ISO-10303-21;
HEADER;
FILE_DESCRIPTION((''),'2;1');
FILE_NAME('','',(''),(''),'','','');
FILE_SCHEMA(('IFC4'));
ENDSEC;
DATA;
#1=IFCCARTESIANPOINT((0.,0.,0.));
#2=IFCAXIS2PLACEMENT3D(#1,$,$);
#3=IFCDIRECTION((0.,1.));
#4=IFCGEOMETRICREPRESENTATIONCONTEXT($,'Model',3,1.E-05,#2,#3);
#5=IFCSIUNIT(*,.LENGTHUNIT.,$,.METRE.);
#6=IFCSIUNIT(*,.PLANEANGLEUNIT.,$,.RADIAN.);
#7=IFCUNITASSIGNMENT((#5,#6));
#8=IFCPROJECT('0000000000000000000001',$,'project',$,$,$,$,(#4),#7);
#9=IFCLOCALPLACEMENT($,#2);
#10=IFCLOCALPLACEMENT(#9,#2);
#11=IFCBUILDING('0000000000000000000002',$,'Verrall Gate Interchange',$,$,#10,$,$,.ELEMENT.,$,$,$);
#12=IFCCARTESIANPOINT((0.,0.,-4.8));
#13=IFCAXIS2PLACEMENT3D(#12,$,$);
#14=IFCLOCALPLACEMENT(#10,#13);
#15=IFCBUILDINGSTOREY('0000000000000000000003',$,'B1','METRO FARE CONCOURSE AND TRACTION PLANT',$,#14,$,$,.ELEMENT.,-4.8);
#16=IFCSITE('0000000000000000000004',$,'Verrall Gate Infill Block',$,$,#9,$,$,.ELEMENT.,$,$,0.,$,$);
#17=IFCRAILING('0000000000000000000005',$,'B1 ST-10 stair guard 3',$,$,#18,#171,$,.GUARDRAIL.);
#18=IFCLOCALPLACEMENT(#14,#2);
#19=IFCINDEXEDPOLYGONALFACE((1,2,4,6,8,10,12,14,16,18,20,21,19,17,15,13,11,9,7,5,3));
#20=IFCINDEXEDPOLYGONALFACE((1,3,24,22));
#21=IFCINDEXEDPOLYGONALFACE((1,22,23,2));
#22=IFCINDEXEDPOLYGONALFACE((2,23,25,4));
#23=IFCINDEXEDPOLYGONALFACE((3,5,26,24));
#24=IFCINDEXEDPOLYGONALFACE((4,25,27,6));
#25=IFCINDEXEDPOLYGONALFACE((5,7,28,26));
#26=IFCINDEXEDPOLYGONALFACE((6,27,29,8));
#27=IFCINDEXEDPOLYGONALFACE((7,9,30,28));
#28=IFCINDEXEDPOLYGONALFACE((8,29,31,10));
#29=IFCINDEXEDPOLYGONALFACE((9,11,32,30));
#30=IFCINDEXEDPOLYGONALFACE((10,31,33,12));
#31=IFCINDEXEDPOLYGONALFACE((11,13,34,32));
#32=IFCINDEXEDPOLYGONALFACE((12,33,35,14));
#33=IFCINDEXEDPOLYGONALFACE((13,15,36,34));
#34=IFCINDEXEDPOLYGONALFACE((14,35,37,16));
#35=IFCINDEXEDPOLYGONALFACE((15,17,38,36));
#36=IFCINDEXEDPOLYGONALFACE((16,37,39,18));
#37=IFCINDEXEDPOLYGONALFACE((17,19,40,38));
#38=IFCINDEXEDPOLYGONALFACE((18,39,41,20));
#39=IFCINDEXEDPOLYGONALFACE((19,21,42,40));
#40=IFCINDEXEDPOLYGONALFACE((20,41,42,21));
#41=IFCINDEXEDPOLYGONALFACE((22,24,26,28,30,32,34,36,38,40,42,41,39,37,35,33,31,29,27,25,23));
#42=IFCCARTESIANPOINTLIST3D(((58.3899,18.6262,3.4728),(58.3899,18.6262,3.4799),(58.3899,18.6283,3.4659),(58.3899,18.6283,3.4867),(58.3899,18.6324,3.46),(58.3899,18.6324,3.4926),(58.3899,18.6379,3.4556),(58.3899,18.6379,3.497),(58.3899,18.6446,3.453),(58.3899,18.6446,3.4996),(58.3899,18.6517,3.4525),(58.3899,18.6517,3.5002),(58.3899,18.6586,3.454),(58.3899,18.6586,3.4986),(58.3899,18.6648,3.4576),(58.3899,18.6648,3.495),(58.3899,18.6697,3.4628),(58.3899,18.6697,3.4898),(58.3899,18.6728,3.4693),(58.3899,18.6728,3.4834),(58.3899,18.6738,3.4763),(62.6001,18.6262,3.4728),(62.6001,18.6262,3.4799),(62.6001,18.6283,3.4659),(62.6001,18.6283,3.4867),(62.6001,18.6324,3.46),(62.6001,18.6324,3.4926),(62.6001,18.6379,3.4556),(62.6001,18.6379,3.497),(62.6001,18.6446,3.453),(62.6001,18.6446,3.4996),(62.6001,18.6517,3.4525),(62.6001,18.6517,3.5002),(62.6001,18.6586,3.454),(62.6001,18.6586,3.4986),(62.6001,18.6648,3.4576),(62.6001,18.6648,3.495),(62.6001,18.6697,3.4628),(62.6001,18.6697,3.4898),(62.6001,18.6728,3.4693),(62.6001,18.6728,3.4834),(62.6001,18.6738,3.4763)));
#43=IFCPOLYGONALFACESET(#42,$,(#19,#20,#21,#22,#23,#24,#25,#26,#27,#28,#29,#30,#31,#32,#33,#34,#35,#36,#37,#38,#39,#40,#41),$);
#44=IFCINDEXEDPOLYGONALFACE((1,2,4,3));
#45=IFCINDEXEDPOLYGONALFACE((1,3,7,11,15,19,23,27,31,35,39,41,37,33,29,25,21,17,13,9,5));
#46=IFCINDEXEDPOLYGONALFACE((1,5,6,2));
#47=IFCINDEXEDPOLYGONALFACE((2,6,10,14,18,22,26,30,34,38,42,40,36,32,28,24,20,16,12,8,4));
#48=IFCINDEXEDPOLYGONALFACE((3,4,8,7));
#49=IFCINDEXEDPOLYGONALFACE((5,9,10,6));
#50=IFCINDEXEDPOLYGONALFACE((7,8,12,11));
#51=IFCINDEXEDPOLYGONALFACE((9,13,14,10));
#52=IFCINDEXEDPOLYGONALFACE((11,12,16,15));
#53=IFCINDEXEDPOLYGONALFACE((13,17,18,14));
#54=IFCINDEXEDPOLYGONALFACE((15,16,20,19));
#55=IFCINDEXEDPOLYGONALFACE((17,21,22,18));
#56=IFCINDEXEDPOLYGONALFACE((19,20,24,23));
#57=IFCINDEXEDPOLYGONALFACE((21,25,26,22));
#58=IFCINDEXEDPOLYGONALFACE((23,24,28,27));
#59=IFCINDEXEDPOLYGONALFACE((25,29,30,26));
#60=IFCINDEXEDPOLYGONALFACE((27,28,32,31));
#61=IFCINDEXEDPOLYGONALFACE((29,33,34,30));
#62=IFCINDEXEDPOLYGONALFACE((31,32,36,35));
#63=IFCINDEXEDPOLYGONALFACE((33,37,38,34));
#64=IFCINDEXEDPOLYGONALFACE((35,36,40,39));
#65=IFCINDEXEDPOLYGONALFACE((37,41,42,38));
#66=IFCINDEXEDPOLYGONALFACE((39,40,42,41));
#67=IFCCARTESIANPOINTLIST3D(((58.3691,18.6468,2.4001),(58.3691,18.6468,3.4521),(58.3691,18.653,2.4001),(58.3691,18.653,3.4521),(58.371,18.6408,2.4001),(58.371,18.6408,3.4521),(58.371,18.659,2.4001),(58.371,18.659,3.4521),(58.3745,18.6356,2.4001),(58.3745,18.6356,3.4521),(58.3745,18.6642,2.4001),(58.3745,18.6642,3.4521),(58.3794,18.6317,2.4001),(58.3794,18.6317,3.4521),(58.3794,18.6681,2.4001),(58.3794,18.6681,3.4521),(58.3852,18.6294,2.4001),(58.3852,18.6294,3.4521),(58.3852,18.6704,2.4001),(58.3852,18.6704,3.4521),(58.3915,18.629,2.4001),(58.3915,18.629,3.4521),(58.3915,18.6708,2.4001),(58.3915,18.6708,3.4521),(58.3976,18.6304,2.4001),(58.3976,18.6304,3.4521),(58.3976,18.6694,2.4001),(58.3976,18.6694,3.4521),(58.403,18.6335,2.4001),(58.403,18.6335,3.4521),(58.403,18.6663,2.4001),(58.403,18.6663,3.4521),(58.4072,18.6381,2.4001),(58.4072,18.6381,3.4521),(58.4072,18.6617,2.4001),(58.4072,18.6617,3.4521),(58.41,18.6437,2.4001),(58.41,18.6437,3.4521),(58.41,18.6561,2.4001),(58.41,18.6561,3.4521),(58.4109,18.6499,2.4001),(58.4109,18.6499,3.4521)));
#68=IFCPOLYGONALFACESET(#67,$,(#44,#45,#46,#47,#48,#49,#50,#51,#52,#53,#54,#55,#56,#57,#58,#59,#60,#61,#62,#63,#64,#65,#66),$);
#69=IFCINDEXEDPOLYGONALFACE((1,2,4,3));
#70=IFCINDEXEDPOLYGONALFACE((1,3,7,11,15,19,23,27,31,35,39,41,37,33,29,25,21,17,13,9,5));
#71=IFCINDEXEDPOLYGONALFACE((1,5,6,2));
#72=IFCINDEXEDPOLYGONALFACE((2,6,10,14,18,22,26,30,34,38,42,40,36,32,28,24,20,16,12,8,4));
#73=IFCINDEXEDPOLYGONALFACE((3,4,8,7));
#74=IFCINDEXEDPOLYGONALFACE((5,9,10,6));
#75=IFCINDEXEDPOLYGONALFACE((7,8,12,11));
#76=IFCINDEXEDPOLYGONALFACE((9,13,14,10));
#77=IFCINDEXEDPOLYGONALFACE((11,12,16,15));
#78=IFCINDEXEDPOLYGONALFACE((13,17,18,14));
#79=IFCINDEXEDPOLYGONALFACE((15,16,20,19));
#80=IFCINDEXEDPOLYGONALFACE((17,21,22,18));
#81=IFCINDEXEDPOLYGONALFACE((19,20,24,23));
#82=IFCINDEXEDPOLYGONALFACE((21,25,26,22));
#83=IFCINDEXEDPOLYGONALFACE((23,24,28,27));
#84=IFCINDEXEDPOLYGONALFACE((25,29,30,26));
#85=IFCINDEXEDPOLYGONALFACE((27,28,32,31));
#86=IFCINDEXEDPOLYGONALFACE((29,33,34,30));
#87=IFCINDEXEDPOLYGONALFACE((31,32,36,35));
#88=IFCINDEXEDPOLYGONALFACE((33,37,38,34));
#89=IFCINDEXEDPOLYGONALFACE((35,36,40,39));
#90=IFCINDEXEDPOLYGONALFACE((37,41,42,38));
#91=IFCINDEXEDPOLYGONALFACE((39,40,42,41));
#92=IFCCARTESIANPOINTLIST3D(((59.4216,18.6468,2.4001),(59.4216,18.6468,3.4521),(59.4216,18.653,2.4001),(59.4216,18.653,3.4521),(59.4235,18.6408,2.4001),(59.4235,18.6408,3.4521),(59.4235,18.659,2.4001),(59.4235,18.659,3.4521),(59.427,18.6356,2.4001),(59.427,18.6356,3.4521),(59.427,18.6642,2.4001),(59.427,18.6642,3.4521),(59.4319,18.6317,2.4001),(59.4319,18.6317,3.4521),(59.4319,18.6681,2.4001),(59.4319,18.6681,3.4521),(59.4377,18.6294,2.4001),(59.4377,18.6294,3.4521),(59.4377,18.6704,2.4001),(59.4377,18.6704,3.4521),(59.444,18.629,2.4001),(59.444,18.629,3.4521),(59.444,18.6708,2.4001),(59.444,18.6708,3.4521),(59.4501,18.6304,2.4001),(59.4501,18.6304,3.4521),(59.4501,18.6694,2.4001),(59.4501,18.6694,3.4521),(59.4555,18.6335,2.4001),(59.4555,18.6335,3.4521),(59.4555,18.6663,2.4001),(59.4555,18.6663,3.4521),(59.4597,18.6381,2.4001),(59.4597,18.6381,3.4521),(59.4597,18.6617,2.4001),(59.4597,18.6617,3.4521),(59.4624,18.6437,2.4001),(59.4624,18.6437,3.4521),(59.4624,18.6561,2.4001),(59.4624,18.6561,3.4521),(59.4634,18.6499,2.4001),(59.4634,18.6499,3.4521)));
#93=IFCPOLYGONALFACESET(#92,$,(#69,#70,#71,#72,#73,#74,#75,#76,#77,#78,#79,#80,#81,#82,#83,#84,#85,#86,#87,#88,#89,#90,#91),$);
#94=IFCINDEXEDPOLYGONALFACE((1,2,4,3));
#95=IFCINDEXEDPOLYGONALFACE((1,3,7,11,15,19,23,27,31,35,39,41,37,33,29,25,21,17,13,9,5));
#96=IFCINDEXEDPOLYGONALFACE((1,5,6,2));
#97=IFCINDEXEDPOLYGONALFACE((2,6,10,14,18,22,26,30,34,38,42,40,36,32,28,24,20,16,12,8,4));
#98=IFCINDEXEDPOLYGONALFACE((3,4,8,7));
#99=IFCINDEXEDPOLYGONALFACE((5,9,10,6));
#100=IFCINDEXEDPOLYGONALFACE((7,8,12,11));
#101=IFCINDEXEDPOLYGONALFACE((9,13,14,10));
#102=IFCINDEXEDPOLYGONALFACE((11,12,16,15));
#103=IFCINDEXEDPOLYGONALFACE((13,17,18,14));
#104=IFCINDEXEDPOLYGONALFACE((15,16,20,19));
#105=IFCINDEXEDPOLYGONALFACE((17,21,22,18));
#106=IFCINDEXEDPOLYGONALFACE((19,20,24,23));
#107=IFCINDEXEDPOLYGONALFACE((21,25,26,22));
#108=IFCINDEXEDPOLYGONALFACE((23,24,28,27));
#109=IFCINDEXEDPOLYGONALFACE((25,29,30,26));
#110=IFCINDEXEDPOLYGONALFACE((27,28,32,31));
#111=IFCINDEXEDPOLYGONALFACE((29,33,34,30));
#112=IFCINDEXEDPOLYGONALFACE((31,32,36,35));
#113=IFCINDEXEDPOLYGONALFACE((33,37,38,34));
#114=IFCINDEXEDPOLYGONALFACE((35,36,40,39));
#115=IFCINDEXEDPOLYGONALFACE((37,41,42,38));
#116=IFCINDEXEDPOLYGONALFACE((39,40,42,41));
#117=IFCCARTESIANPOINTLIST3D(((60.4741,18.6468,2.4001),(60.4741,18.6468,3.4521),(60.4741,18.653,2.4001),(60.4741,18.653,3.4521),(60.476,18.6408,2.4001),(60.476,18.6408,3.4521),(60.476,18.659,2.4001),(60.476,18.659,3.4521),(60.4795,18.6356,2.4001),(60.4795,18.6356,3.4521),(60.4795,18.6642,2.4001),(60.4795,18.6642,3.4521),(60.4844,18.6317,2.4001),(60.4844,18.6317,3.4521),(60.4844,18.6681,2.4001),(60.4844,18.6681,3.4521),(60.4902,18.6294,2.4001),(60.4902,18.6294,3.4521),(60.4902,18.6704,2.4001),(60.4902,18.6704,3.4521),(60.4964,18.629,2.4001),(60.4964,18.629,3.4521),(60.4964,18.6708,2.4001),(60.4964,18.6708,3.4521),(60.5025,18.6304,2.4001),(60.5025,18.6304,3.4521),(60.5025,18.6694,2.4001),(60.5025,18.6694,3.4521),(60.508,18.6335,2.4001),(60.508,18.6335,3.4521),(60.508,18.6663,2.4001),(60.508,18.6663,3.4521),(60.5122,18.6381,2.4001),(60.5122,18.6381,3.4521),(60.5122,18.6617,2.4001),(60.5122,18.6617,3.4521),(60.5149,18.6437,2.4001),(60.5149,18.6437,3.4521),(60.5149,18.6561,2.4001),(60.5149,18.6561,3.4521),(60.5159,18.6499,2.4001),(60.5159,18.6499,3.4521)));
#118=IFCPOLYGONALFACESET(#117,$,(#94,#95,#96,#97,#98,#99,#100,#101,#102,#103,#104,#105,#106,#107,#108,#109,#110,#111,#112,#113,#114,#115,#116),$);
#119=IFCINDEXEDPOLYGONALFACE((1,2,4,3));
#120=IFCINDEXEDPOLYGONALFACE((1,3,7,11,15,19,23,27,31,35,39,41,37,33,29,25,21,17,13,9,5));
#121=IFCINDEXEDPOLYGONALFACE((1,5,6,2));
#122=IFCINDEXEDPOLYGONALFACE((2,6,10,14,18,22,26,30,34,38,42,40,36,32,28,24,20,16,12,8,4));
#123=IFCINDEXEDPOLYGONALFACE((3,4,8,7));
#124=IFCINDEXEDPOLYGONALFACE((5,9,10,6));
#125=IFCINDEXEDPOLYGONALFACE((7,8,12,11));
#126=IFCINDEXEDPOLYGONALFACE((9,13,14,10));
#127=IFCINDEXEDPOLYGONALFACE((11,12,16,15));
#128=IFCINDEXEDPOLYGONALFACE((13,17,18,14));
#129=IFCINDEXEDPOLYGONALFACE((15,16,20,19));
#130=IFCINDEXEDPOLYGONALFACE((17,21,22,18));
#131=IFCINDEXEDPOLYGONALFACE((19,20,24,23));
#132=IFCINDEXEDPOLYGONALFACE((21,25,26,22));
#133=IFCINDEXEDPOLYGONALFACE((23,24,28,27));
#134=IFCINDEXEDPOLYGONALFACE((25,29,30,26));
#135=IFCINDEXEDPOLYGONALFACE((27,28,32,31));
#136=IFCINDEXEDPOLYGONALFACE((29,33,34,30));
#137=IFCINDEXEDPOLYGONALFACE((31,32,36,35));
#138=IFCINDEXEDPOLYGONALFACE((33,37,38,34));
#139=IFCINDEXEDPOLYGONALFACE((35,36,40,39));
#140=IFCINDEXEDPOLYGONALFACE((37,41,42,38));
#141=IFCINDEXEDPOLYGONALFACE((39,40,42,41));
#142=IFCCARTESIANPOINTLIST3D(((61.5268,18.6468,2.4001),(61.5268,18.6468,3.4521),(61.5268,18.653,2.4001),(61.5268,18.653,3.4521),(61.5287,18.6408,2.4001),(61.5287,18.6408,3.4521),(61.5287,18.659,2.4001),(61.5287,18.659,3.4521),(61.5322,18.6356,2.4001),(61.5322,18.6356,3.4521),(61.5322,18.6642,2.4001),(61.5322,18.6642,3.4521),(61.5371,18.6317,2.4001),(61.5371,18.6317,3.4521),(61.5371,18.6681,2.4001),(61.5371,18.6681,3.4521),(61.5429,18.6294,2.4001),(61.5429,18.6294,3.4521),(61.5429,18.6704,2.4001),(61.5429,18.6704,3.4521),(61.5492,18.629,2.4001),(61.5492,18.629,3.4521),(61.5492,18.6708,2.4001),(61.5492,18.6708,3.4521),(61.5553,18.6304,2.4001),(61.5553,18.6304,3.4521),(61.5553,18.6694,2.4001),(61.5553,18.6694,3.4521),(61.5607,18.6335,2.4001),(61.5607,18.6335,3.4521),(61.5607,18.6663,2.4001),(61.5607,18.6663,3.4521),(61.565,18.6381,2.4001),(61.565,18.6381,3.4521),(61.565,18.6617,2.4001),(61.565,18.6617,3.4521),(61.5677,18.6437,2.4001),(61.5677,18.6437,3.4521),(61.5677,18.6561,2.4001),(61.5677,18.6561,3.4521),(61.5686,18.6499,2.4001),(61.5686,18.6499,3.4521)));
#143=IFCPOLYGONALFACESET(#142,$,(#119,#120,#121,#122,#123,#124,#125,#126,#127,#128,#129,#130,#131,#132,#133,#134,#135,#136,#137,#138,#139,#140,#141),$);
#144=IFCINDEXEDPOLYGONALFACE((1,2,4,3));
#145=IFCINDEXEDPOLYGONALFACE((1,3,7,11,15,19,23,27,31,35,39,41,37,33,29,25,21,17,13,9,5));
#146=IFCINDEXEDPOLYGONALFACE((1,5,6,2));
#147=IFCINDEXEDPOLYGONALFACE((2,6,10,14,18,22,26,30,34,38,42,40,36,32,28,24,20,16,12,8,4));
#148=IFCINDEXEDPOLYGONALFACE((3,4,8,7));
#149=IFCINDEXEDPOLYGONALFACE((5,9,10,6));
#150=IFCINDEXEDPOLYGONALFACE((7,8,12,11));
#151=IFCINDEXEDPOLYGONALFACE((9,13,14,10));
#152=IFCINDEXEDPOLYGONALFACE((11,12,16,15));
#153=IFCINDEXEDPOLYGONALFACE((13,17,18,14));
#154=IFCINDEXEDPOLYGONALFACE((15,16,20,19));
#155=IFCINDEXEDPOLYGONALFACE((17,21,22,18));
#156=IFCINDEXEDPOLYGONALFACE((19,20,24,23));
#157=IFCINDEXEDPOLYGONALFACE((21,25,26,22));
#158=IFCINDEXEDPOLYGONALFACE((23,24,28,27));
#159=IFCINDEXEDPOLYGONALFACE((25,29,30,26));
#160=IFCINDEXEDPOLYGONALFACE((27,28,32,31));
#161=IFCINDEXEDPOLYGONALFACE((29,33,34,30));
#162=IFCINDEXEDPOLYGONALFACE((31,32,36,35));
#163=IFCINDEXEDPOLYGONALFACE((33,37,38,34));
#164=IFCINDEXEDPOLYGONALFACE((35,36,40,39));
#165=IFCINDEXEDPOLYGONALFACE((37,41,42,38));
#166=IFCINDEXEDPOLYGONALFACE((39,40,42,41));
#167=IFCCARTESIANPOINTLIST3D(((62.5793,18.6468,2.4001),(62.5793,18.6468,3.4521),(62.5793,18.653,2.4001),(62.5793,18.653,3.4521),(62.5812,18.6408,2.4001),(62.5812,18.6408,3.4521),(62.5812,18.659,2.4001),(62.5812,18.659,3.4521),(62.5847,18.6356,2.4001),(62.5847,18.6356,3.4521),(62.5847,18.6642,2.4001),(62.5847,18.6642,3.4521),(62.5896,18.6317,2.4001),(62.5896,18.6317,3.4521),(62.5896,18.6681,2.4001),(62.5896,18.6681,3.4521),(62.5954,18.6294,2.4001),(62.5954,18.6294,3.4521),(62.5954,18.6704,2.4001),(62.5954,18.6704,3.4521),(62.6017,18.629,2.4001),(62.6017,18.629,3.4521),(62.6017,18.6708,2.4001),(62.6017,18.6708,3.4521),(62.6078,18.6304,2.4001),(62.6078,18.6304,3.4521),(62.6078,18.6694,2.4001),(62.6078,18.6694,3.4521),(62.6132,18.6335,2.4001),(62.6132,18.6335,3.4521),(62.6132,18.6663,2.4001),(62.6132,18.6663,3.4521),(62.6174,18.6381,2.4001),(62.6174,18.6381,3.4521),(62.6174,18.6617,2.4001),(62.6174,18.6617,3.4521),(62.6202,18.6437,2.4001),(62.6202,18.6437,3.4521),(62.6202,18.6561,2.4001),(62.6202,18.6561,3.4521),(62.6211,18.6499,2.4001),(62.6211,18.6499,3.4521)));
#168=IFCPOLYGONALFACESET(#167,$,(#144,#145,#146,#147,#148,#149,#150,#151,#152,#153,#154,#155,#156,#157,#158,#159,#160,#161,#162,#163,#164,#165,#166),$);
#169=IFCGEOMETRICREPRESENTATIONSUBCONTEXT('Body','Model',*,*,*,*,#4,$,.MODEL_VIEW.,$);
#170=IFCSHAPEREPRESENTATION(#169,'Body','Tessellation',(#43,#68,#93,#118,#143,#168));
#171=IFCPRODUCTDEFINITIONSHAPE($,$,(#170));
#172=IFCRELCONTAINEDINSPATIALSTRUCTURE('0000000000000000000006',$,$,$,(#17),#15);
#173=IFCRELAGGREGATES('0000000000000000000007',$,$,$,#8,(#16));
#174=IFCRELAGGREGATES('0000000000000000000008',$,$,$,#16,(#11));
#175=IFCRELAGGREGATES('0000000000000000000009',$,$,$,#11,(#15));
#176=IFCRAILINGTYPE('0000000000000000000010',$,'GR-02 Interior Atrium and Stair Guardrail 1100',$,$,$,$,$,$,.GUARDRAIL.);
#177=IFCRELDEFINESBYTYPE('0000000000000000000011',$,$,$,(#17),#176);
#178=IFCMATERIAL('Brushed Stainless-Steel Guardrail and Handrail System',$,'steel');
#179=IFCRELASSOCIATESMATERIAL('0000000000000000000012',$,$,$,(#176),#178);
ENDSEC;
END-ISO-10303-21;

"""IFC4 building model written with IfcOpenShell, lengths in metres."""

from ifc_helpers import new_model, si_unit, direction, frame, origin, origin_2d, place, context, subcontext, project, spatial, circle, extrude, material, type_object, element, save


model = new_model("IFC4")

# Units and contexts
model_context = context("Model", 3, precision=1e-05, world=origin(), true_north=direction((0.0, 1.0)))
body_context = subcontext(model_context, "Body", "Model", "MODEL_VIEW")
ifc_project = project(units=[si_unit("LENGTHUNIT", "METRE"), si_unit("PLANEANGLEUNIT", "RADIAN")], contexts=[model_context])

# Site, building, storey
site_placement = place(None, origin())
site = spatial("IfcSite", under=ifc_project, at=site_placement, Name="Verrall Gate Infill Block", CompositionType="ELEMENT", RefElevation=0.0)
building_placement = place(site_placement, origin())
building = spatial("IfcBuilding", under=site, at=building_placement, Name="Verrall Gate Interchange", CompositionType="ELEMENT")
storey_placement = place(building_placement, frame((0.0, 0.0, -4.8)))
storey = spatial("IfcBuildingStorey", under=building, at=storey_placement, Name="B1", Description="METRO FARE CONCOURSE AND TRACTION PLANT", CompositionType="ELEMENT", Elevation=-4.8)

# Railing
ifc_material_1 = material(Name="Brushed Stainless-Steel Guardrail and Handrail System", Category="steel")
railing_type_1 = type_object("IfcRailingType", Name="GR-02 Interior Atrium and Stair Guardrail 1100", PredefinedType="GUARDRAIL", material=ifc_material_1)
for number, where, name in (
    (1, (58.3899, 18.6499, 2.4001), "B1 ST-10 stair guard 3"),
):
    element("IfcRailing", number, at=place(storey_placement, frame(where)), inside=storey, type_object=railing_type_1, Name=name, PredefinedType="GUARDRAIL", context=body_context, shape_type="SweptSolid", body=[
        extrude(circle(Radius=0.0239, at=origin_2d()), frame((0.0, 0.0, 1.0762), z_axis=(1.0, 0.0, 0.0), x_axis=(0.0, 1.0, 0.0)), (0.0, 0.0, 1.0), 4.2102),
        extrude(circle(Radius=0.021, at=origin_2d()), origin(), (0.0, 0.0, 1.0), 1.052),
        extrude(circle(Radius=0.021, at=origin_2d()), frame((1.0525, 0.0, 0.0)), (0.0, 0.0, 1.0), 1.052),
        extrude(circle(Radius=0.021, at=origin_2d()), frame((2.105, 0.0, 0.0)), (0.0, 0.0, 1.0), 1.052),
        extrude(circle(Radius=0.021, at=origin_2d()), frame((3.1577, 0.0, 0.0)), (0.0, 0.0, 1.0), 1.052),
        extrude(circle(Radius=0.021, at=origin_2d()), frame((4.2102, 0.0, 0.0)), (0.0, 0.0, 1.0), 1.052),
    ])

save(model, "model.ifc")
